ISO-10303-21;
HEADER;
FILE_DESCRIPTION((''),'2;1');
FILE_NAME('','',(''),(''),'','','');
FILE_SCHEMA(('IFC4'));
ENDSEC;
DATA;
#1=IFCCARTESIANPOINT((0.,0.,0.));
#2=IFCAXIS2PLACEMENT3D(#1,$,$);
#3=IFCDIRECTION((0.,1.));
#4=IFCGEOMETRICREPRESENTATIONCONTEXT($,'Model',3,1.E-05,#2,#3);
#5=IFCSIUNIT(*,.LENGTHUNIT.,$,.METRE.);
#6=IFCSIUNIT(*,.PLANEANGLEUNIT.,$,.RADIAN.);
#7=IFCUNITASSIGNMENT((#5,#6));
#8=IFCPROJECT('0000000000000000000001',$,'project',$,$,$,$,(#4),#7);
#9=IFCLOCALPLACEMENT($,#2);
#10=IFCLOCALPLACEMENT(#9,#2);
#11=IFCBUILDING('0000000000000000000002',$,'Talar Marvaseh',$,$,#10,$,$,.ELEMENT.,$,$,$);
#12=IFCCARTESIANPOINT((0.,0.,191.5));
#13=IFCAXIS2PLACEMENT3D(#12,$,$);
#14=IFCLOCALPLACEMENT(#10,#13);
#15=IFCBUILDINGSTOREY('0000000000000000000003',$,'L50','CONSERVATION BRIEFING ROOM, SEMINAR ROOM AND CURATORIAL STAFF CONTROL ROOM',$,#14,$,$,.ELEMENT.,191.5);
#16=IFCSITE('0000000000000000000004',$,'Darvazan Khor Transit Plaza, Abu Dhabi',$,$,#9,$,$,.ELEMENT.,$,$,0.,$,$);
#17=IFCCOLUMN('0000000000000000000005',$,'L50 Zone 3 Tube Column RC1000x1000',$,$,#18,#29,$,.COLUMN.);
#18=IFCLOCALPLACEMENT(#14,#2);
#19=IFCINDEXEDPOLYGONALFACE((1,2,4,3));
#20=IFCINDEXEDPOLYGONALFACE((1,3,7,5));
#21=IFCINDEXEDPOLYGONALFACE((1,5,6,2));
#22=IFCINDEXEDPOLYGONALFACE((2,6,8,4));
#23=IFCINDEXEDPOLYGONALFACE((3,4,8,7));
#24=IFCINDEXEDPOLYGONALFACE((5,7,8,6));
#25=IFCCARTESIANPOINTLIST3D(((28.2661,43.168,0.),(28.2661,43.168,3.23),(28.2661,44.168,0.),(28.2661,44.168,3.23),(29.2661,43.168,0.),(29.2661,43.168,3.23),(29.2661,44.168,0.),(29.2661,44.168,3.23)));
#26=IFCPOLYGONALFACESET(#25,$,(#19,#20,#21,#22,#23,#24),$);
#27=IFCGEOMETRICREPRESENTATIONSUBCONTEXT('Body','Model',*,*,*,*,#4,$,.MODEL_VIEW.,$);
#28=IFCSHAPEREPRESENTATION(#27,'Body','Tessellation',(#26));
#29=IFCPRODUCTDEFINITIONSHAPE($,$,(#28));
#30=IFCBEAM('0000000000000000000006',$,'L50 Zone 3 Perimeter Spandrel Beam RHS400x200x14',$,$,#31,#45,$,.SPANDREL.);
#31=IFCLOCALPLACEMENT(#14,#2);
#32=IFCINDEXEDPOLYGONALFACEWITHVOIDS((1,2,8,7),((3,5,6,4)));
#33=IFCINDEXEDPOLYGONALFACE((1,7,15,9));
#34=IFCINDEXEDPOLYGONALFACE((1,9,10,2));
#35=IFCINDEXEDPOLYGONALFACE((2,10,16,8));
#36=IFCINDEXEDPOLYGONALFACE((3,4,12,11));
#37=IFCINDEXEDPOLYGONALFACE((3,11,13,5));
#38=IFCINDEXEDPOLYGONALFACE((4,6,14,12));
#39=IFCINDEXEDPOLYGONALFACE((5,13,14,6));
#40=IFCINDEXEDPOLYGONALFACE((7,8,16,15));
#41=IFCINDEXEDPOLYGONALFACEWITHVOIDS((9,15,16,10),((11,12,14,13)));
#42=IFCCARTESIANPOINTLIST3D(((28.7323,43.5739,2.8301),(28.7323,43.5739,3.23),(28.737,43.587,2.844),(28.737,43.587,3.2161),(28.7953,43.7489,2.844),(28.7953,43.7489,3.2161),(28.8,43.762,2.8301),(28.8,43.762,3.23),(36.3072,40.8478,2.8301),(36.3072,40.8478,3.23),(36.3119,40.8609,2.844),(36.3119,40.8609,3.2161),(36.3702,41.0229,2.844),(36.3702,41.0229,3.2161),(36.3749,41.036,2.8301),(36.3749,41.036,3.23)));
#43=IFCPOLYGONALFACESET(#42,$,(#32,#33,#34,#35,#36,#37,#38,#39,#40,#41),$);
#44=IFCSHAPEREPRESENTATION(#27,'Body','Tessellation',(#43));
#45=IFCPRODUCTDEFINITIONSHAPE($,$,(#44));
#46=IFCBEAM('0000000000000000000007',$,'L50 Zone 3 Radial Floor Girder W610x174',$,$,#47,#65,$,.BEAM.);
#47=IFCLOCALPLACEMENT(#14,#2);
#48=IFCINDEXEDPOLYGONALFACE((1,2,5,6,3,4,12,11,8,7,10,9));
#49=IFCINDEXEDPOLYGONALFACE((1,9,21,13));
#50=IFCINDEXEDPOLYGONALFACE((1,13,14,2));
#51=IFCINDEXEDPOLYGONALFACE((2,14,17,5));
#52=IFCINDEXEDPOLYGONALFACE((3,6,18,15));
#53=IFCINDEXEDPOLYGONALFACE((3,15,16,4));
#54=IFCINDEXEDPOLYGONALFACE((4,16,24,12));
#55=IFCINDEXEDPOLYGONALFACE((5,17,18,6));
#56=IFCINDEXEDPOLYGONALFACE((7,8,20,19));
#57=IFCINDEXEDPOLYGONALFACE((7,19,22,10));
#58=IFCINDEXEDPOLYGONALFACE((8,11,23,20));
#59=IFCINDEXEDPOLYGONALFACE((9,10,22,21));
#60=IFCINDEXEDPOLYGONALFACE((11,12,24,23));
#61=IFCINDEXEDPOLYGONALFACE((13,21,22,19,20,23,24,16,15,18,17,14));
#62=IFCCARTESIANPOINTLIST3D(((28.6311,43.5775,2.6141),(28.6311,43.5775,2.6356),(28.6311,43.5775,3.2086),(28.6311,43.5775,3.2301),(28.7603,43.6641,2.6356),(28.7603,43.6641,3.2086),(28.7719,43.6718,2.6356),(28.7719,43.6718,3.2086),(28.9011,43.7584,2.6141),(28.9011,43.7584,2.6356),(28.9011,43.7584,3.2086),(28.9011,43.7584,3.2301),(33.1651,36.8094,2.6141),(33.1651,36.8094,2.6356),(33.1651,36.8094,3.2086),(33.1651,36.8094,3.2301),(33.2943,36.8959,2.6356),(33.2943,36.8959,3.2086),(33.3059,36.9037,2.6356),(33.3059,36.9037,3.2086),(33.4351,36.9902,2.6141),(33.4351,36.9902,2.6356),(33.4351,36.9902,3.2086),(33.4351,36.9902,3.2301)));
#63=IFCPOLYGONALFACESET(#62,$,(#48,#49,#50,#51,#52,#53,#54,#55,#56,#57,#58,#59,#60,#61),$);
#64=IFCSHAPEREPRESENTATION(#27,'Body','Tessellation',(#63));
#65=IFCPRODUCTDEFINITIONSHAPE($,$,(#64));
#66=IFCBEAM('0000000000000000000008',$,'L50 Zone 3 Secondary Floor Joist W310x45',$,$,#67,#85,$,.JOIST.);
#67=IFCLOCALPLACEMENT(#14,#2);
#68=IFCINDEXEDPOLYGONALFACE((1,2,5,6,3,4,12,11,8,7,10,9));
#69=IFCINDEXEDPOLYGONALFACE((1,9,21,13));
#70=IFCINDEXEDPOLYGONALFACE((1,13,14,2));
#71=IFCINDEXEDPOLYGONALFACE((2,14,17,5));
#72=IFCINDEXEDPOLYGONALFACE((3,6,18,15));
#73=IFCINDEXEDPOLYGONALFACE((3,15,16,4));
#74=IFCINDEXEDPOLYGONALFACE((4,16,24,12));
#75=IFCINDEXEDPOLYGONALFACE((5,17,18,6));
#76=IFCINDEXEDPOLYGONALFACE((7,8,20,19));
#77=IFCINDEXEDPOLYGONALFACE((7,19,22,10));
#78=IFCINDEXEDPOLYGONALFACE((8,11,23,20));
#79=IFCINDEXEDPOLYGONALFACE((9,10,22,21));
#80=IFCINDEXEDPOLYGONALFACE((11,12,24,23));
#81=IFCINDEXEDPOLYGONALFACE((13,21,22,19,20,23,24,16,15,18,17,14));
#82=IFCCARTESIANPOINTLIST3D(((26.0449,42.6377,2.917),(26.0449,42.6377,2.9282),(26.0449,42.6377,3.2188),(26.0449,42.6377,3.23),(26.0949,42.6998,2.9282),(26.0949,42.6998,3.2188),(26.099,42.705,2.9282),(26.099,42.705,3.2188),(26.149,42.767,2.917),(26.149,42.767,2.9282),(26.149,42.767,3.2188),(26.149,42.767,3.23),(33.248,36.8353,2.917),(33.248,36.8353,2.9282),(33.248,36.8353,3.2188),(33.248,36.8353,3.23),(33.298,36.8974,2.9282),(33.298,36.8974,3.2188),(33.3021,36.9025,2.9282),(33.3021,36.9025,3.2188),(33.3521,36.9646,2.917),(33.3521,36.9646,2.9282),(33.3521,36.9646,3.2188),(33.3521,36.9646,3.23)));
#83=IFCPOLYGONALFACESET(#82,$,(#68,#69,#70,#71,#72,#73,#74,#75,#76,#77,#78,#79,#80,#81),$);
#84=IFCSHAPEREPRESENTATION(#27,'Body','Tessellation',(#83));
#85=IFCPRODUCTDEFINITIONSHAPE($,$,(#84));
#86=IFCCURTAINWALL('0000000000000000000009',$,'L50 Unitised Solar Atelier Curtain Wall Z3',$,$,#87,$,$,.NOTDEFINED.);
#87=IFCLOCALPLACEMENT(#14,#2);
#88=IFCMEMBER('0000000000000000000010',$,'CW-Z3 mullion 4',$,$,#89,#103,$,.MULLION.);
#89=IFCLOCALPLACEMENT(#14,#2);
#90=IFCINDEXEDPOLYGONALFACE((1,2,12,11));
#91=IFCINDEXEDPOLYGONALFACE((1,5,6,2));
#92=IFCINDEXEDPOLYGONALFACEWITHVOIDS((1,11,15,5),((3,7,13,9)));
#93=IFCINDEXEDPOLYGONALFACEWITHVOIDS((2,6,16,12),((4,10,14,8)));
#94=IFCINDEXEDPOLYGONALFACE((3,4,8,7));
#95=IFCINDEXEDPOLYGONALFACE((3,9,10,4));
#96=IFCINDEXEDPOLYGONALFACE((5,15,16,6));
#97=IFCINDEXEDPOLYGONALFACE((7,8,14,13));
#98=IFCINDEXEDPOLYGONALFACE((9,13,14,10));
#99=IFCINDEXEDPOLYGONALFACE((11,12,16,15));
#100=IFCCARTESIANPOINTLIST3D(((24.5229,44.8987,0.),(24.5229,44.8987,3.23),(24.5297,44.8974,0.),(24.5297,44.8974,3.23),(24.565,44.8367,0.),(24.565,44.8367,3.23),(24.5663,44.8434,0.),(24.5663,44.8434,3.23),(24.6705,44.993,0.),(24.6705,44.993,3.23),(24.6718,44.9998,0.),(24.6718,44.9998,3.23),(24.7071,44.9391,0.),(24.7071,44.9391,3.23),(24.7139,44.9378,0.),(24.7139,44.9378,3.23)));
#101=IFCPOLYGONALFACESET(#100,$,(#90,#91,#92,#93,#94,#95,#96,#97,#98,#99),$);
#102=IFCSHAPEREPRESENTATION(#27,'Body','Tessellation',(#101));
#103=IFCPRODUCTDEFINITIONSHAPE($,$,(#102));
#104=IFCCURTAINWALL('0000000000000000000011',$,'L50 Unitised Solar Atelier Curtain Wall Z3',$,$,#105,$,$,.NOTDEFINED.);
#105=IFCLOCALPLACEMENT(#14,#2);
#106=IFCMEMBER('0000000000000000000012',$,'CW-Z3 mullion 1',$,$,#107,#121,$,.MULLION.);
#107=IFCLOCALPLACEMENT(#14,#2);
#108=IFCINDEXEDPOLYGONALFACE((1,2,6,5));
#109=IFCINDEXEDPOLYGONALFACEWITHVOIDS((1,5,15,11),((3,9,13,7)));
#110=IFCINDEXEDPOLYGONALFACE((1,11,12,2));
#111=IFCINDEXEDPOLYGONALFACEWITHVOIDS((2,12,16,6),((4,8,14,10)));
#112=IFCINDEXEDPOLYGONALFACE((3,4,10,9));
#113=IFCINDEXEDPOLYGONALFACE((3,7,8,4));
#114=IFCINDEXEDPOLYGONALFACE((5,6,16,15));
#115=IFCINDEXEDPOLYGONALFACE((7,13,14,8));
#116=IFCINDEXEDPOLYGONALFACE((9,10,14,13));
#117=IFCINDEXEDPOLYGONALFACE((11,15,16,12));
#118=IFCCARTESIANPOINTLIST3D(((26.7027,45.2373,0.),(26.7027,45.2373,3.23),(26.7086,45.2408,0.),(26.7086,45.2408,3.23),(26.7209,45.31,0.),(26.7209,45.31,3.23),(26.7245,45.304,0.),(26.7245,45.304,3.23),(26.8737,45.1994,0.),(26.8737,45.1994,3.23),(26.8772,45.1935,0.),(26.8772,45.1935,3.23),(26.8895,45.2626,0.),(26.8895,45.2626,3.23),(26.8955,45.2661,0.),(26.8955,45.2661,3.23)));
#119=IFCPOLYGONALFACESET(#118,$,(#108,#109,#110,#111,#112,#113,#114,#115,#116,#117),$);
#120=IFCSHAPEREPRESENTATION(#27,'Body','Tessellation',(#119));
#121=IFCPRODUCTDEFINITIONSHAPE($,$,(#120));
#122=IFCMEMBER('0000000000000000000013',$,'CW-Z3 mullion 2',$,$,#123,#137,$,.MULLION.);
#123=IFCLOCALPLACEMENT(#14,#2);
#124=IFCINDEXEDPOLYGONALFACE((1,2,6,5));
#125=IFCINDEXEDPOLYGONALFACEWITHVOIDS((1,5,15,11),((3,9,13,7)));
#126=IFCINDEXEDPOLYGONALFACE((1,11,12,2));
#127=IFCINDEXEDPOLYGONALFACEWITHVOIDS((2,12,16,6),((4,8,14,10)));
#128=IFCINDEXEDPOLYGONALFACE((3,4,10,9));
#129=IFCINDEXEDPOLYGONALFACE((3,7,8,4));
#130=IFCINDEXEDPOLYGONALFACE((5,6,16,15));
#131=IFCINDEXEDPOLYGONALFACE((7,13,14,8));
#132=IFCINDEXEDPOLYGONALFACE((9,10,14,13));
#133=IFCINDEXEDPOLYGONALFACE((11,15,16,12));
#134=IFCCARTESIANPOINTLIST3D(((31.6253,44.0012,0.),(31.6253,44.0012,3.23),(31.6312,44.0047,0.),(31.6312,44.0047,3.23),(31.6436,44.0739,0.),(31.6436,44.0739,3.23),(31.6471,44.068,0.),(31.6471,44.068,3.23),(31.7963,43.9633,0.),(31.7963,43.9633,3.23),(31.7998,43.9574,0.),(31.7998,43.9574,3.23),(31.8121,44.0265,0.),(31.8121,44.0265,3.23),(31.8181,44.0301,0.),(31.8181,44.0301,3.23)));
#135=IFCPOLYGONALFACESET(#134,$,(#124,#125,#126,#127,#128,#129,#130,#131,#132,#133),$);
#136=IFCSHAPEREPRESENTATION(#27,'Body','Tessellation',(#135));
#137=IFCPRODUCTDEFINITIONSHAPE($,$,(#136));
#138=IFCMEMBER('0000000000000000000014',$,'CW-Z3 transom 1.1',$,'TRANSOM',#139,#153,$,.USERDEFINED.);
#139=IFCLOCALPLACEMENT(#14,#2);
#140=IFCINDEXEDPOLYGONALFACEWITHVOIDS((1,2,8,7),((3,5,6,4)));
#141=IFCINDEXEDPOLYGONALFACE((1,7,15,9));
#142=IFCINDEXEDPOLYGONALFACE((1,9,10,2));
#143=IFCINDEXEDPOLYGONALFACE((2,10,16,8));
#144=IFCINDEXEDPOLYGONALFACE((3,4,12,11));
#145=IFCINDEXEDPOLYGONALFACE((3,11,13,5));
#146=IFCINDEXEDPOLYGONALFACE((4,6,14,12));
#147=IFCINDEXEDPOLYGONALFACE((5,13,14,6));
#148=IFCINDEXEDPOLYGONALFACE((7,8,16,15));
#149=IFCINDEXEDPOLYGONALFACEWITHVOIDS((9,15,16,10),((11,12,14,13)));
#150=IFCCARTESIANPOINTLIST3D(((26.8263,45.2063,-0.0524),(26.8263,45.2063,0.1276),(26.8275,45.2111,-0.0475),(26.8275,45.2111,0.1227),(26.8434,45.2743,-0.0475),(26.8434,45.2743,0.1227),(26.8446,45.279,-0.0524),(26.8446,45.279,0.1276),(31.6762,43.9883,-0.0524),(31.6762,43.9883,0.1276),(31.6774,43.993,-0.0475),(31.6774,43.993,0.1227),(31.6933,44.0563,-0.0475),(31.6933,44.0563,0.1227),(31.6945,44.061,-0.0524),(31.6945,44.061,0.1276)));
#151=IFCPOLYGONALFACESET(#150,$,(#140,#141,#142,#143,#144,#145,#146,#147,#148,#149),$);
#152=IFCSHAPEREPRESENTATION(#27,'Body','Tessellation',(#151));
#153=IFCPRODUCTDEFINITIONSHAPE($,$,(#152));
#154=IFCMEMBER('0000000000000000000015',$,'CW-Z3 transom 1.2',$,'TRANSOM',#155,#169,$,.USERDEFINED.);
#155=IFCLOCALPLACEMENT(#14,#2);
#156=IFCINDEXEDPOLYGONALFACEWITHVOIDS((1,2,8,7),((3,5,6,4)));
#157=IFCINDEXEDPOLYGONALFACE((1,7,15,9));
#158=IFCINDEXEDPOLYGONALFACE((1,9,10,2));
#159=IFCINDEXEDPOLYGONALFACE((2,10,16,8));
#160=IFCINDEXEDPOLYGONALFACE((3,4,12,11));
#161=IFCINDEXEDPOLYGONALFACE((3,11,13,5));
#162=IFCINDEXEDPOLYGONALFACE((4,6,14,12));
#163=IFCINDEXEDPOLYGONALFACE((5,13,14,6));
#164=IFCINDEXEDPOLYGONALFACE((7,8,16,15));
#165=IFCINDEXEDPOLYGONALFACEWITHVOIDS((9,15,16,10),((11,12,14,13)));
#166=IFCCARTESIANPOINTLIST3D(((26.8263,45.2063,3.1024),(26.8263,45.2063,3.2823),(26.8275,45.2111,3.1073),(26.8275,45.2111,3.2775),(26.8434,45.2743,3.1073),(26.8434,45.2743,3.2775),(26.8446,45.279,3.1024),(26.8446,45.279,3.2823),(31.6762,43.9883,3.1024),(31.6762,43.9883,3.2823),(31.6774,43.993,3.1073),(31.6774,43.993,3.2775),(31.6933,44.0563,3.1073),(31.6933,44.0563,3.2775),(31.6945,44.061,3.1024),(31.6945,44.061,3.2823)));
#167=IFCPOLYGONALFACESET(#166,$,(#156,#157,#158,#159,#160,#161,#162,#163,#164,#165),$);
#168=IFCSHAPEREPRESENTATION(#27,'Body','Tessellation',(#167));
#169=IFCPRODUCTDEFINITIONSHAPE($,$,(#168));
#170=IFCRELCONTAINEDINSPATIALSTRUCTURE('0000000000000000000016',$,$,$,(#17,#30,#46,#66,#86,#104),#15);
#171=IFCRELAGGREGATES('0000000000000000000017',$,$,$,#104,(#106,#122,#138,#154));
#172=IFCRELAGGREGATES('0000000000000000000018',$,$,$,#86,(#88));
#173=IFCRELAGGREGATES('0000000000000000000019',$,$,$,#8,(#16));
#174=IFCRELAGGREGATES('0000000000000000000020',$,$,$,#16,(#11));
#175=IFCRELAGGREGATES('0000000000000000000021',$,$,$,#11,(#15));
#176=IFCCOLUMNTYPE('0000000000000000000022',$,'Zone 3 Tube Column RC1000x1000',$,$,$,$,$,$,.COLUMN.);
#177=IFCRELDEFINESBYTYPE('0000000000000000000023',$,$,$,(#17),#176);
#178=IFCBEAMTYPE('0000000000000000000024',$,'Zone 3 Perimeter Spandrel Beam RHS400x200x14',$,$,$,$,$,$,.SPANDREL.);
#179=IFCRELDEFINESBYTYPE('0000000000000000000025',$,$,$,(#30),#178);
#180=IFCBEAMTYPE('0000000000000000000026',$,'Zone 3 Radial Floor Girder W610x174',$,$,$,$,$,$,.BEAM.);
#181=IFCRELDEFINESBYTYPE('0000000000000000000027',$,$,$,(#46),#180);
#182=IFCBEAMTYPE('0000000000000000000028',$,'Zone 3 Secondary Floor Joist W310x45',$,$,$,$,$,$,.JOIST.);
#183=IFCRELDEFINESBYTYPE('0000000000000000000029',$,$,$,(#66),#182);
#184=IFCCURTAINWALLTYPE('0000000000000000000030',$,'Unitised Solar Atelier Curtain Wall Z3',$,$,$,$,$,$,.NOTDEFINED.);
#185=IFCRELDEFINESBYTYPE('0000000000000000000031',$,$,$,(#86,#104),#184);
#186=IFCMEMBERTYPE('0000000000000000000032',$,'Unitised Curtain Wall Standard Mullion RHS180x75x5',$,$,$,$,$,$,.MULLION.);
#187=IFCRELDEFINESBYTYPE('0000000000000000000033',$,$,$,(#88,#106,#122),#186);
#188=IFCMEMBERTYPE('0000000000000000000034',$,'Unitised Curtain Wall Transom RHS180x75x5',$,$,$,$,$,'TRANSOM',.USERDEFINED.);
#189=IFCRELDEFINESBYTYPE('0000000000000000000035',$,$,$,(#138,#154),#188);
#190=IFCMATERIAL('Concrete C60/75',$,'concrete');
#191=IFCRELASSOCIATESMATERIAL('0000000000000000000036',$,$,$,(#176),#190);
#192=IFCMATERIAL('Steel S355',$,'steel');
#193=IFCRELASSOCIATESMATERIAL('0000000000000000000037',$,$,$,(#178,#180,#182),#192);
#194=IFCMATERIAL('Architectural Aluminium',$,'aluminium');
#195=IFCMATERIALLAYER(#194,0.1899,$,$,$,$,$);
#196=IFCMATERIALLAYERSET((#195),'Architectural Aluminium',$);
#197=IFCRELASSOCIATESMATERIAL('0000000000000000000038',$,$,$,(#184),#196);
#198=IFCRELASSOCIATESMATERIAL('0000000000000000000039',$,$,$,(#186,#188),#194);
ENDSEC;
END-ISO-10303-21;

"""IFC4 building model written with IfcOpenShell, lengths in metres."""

from ifc_helpers import new_model, si_unit, direction, frame, origin, origin_2d, place, context, subcontext, project, spatial, rectangle, hollow_rectangle, i_section, extrude, source, transform, mapped, material, layer, layer_set, material_profile, profile_set, type_object, type_shapes, element, aggregate, save


model = new_model("IFC4")

# Units and contexts
model_context = context("Model", 3, precision=1e-05, world=origin(), true_north=direction((0.0, 1.0)))
body_context = subcontext(model_context, "Body", "Model", "MODEL_VIEW")
ifc_project = project(units=[si_unit("LENGTHUNIT", "METRE"), si_unit("PLANEANGLEUNIT", "RADIAN")], contexts=[model_context])

# Site, building, storey
site_placement = place(None, origin())
site = spatial("IfcSite", under=ifc_project, at=site_placement, Name="Darvazan Khor Transit Plaza, Abu Dhabi", CompositionType="ELEMENT", RefElevation=0.0)
building_placement = place(site_placement, origin())
building = spatial("IfcBuilding", under=site, at=building_placement, Name="Talar Marvaseh", CompositionType="ELEMENT")
storey_placement = place(building_placement, frame((0.0, 0.0, 191.5)))
storey = spatial("IfcBuildingStorey", under=building, at=storey_placement, Name="L50", Description="CONSERVATION BRIEFING ROOM, SEMINAR ROOM AND CURATORIAL STAFF CONTROL ROOM", CompositionType="ELEMENT", Elevation=191.5)

# Column
ifc_material_1 = material(Name="Concrete C60/75", Category="concrete")
ifc_material_profile_1 = material_profile(ifc_material_1, rectangle(XDim=1.0, YDim=1.0, at=origin_2d()), Name="RC1000x1000")
ifc_profile_set_1 = profile_set([ifc_material_profile_1], Name="Concrete C60/75")
column_type = type_object("IfcColumnType", Name="Zone 3 Tube Column RC1000x1000", PredefinedType="COLUMN", material=ifc_profile_set_1)
column_placement = place(storey_placement, frame((28.7661, 43.668, 0.0), z_axis=(0.0, 0.0, 1.0), x_axis=(1.0, 0.0, 0.0)))
element("IfcColumn", 1, at=column_placement, inside=storey, type_object=column_type, Name="L50 Zone 3 Tube Column RC1000x1000", PredefinedType="COLUMN", context=body_context, shape_type="SweptSolid", body=[
    extrude(rectangle(XDim=1.0, YDim=1.0, at=origin_2d()), origin(), (0.0, 0.0, 1.0), 3.23),
])

# Beams
ifc_material_2 = material(Name="Steel S355", Category="steel")
ifc_material_profile_2 = material_profile(ifc_material_2, hollow_rectangle(XDim=0.2, YDim=0.3999, WallThickness=0.0139, at=origin_2d()), Name="RHS400x200x14")
ifc_profile_set_2 = profile_set([ifc_material_profile_2], Name="Steel S355")
beam_type_1 = type_object("IfcBeamType", Name="Zone 3 Perimeter Spandrel Beam RHS400x200x14", PredefinedType="SPANDREL", material=ifc_profile_set_2)
beam_1_placement = place(storey_placement, frame((28.7661, 43.668, 3.03), z_axis=(0.940923, -0.33862, 0.0), x_axis=(0.33862, 0.940923, 0.0)))
element("IfcBeam", 2, at=beam_1_placement, inside=storey, type_object=beam_type_1, Name="L50 Zone 3 Perimeter Spandrel Beam RHS400x200x14", PredefinedType="SPANDREL", context=body_context, shape_type="SweptSolid", body=[
    extrude(hollow_rectangle(XDim=0.2, YDim=0.3999, WallThickness=0.0139, at=origin_2d()), origin(), (0.0, 0.0, 1.0), 8.0505),
])
ifc_material_profile_3 = material_profile(ifc_material_2, i_section(OverallWidth=0.325, OverallDepth=0.616, WebThickness=0.0139, FlangeThickness=0.0215, at=origin_2d()), Name="W610x174")
ifc_profile_set_3 = profile_set([ifc_material_profile_3], Name="Steel S355")
beam_type_2 = type_object("IfcBeamType", Name="Zone 3 Radial Floor Girder W610x174", PredefinedType="BEAM", material=ifc_profile_set_3)
beam_2_placement = place(storey_placement, frame((28.7661, 43.668, 2.9221), z_axis=(0.556559, -0.830808, 0.0), x_axis=(0.830808, 0.556559, 0.0)))
element("IfcBeam", 3, at=beam_2_placement, inside=storey, type_object=beam_type_2, Name="L50 Zone 3 Radial Floor Girder W610x174", PredefinedType="BEAM", context=body_context, shape_type="SweptSolid", body=[
    extrude(i_section(OverallWidth=0.325, OverallDepth=0.616, WebThickness=0.0139, FlangeThickness=0.0215, at=origin_2d()), origin(), (0.0, 0.0, 1.0), 8.1465),
])
ifc_material_profile_4 = material_profile(ifc_material_2, i_section(OverallWidth=0.166, OverallDepth=0.313, WebThickness=0.0066, FlangeThickness=0.0112, at=origin_2d()), Name="W310x45")
ifc_profile_set_4 = profile_set([ifc_material_profile_4], Name="Steel S355")
beam_type_3 = type_object("IfcBeamType", Name="Zone 3 Secondary Floor Joist W310x45", PredefinedType="JOIST", material=ifc_profile_set_4)
beam_3_placement = place(storey_placement, frame((26.0969, 42.7024, 3.0735), z_axis=(0.778755, -0.627328, 0.0), x_axis=(0.627328, 0.778755, 0.0)))
element("IfcBeam", 4, at=beam_3_placement, inside=storey, type_object=beam_type_3, Name="L50 Zone 3 Secondary Floor Joist W310x45", PredefinedType="JOIST", context=body_context, shape_type="SweptSolid", body=[
    extrude(i_section(OverallWidth=0.166, OverallDepth=0.313, WebThickness=0.0066, FlangeThickness=0.0112, at=origin_2d()), origin(), (0.0, 0.0, 1.0), 9.2495),
])

# Curtain wall, member
ifc_material_3 = material(Name="Architectural Aluminium", Category="aluminium")
ifc_layer_1 = layer(ifc_material_3, 0.1899)
ifc_layer_set_1 = layer_set([ifc_layer_1], Name="Architectural Aluminium")
curtain_wall_type = type_object("IfcCurtainWallType", Name="Unitised Solar Atelier Curtain Wall Z3", PredefinedType="NOTDEFINED", material=ifc_layer_set_1)
curtain_wall_1_placement = place(storey_placement, origin())
curtain_wall_1 = element("IfcCurtainWall", 5, at=curtain_wall_1_placement, inside=storey, type_object=curtain_wall_type, Name="L50 Unitised Solar Atelier Curtain Wall Z3", PredefinedType="NOTDEFINED")
ifc_material_profile_5 = material_profile(ifc_material_3, hollow_rectangle(XDim=0.075, YDim=0.1799, WallThickness=0.0049, at=origin_2d()), Name="RHS180x75x5")
ifc_profile_set_5 = profile_set([ifc_material_profile_5], Name="Architectural Aluminium")
member_type_1 = type_object("IfcMemberType", Name="Unitised Curtain Wall Standard Mullion RHS180x75x5", PredefinedType="MULLION", material=ifc_profile_set_5)
shared_shape_1 = source(origin(), body_context, "Body", "SweptSolid", [
    extrude(hollow_rectangle(XDim=0.075, YDim=0.1799, WallThickness=0.0049, at=origin_2d()), origin(), (0.0, 0.0, 1.0), 3.23),
])
type_shapes(member_type_1, [shared_shape_1])
member_1_placement = place(storey_placement, frame((24.6184, 44.9182, 0.0), z_axis=(0.0, 0.0, 1.0), x_axis=(-0.561827, 0.827255, 0.0)))
member_1 = element("IfcMember", 6, at=member_1_placement, type_object=member_type_1, Name="CW-Z3 mullion 4", PredefinedType="MULLION", context=body_context, shape_type="MappedRepresentation", body=[
    mapped(shared_shape_1, transform((0.0, 0.0, 0.0), x_axis=(1.0, 0.0, 0.0), y_axis=(0.0, 1.0, 0.0), z_axis=(0.0, 0.0, 1.0), scale=1.0)),
])

# Curtain wall, members
curtain_wall_2_placement = place(storey_placement, origin())
curtain_wall_2 = element("IfcCurtainWall", 7, at=curtain_wall_2_placement, inside=storey, type_object=curtain_wall_type, Name="L50 Unitised Solar Atelier Curtain Wall Z3", PredefinedType="NOTDEFINED")
member_2_placement = place(storey_placement, frame((26.7991, 45.2517, 0.0), z_axis=(0.0, 0.0, 1.0), x_axis=(0.243549, 0.969888, 0.0)))
member_2 = element("IfcMember", 8, at=member_2_placement, type_object=member_type_1, Name="CW-Z3 mullion 1", PredefinedType="MULLION", context=body_context, shape_type="MappedRepresentation", body=[
    mapped(shared_shape_1, transform((0.0, 0.0, 0.0), x_axis=(1.0, 0.0, 0.0), y_axis=(0.0, 1.0, 0.0), z_axis=(0.0, 0.0, 1.0), scale=1.0)),
])
member_3_placement = place(storey_placement, frame((31.7217, 44.0156, 0.0), z_axis=(0.0, 0.0, 1.0), x_axis=(0.243549, 0.969888, 0.0)))
member_3 = element("IfcMember", 9, at=member_3_placement, type_object=member_type_1, Name="CW-Z3 mullion 2", PredefinedType="MULLION", context=body_context, shape_type="MappedRepresentation", body=[
    mapped(shared_shape_1, transform((0.0, 0.0, 0.0), x_axis=(1.0, 0.0, 0.0), y_axis=(0.0, 1.0, 0.0), z_axis=(0.0, 0.0, 1.0), scale=1.0)),
])
ifc_material_profile_6 = material_profile(ifc_material_3, hollow_rectangle(XDim=0.075, YDim=0.1799, WallThickness=0.0049, at=origin_2d()), Name="RHS180x75x5")
ifc_profile_set_6 = profile_set([ifc_material_profile_6], Name="Architectural Aluminium")
member_type_2 = type_object("IfcMemberType", Name="Unitised Curtain Wall Transom RHS180x75x5", ElementType="TRANSOM", PredefinedType="USERDEFINED", material=ifc_profile_set_6)
shared_shape_2 = source(origin(), body_context, "Body", "SweptSolid", [
    extrude(hollow_rectangle(XDim=0.075, YDim=0.1799, WallThickness=0.0049, at=origin_2d()), origin(), (0.0, 0.0, 1.0), 5.0005),
])
member_4_placement = place(storey_placement, frame((26.8354, 45.2427, 0.0376), z_axis=(0.969881, -0.243581, 0.0), x_axis=(0.243581, 0.969881, 0.0)))
member_4 = element("IfcMember", 10, at=member_4_placement, type_object=member_type_2, Name="CW-Z3 transom 1.1", ObjectType="TRANSOM", PredefinedType="USERDEFINED", context=body_context, shape_type="MappedRepresentation", body=[
    mapped(shared_shape_2, transform((0.0, 0.0, 0.0), x_axis=(1.0, 0.0, 0.0), y_axis=(0.0, 1.0, 0.0), z_axis=(0.0, 0.0, 1.0), scale=1.0)),
])
member_5_placement = place(storey_placement, frame((26.8354, 45.2427, 3.1924), z_axis=(0.969881, -0.243581, 0.0), x_axis=(0.243581, 0.969881, 0.0)))
member_5 = element("IfcMember", 11, at=member_5_placement, type_object=member_type_2, Name="CW-Z3 transom 1.2", ObjectType="TRANSOM", PredefinedType="USERDEFINED", context=body_context, shape_type="MappedRepresentation", body=[
    mapped(shared_shape_2, transform((0.0, 0.0, 0.0), x_axis=(1.0, 0.0, 0.0), y_axis=(0.0, 1.0, 0.0), z_axis=(0.0, 0.0, 1.0), scale=1.0)),
])
aggregate(curtain_wall_2, [member_2, member_3, member_4, member_5])

aggregate(curtain_wall_1, [member_1])

save(model, "model.ifc")
